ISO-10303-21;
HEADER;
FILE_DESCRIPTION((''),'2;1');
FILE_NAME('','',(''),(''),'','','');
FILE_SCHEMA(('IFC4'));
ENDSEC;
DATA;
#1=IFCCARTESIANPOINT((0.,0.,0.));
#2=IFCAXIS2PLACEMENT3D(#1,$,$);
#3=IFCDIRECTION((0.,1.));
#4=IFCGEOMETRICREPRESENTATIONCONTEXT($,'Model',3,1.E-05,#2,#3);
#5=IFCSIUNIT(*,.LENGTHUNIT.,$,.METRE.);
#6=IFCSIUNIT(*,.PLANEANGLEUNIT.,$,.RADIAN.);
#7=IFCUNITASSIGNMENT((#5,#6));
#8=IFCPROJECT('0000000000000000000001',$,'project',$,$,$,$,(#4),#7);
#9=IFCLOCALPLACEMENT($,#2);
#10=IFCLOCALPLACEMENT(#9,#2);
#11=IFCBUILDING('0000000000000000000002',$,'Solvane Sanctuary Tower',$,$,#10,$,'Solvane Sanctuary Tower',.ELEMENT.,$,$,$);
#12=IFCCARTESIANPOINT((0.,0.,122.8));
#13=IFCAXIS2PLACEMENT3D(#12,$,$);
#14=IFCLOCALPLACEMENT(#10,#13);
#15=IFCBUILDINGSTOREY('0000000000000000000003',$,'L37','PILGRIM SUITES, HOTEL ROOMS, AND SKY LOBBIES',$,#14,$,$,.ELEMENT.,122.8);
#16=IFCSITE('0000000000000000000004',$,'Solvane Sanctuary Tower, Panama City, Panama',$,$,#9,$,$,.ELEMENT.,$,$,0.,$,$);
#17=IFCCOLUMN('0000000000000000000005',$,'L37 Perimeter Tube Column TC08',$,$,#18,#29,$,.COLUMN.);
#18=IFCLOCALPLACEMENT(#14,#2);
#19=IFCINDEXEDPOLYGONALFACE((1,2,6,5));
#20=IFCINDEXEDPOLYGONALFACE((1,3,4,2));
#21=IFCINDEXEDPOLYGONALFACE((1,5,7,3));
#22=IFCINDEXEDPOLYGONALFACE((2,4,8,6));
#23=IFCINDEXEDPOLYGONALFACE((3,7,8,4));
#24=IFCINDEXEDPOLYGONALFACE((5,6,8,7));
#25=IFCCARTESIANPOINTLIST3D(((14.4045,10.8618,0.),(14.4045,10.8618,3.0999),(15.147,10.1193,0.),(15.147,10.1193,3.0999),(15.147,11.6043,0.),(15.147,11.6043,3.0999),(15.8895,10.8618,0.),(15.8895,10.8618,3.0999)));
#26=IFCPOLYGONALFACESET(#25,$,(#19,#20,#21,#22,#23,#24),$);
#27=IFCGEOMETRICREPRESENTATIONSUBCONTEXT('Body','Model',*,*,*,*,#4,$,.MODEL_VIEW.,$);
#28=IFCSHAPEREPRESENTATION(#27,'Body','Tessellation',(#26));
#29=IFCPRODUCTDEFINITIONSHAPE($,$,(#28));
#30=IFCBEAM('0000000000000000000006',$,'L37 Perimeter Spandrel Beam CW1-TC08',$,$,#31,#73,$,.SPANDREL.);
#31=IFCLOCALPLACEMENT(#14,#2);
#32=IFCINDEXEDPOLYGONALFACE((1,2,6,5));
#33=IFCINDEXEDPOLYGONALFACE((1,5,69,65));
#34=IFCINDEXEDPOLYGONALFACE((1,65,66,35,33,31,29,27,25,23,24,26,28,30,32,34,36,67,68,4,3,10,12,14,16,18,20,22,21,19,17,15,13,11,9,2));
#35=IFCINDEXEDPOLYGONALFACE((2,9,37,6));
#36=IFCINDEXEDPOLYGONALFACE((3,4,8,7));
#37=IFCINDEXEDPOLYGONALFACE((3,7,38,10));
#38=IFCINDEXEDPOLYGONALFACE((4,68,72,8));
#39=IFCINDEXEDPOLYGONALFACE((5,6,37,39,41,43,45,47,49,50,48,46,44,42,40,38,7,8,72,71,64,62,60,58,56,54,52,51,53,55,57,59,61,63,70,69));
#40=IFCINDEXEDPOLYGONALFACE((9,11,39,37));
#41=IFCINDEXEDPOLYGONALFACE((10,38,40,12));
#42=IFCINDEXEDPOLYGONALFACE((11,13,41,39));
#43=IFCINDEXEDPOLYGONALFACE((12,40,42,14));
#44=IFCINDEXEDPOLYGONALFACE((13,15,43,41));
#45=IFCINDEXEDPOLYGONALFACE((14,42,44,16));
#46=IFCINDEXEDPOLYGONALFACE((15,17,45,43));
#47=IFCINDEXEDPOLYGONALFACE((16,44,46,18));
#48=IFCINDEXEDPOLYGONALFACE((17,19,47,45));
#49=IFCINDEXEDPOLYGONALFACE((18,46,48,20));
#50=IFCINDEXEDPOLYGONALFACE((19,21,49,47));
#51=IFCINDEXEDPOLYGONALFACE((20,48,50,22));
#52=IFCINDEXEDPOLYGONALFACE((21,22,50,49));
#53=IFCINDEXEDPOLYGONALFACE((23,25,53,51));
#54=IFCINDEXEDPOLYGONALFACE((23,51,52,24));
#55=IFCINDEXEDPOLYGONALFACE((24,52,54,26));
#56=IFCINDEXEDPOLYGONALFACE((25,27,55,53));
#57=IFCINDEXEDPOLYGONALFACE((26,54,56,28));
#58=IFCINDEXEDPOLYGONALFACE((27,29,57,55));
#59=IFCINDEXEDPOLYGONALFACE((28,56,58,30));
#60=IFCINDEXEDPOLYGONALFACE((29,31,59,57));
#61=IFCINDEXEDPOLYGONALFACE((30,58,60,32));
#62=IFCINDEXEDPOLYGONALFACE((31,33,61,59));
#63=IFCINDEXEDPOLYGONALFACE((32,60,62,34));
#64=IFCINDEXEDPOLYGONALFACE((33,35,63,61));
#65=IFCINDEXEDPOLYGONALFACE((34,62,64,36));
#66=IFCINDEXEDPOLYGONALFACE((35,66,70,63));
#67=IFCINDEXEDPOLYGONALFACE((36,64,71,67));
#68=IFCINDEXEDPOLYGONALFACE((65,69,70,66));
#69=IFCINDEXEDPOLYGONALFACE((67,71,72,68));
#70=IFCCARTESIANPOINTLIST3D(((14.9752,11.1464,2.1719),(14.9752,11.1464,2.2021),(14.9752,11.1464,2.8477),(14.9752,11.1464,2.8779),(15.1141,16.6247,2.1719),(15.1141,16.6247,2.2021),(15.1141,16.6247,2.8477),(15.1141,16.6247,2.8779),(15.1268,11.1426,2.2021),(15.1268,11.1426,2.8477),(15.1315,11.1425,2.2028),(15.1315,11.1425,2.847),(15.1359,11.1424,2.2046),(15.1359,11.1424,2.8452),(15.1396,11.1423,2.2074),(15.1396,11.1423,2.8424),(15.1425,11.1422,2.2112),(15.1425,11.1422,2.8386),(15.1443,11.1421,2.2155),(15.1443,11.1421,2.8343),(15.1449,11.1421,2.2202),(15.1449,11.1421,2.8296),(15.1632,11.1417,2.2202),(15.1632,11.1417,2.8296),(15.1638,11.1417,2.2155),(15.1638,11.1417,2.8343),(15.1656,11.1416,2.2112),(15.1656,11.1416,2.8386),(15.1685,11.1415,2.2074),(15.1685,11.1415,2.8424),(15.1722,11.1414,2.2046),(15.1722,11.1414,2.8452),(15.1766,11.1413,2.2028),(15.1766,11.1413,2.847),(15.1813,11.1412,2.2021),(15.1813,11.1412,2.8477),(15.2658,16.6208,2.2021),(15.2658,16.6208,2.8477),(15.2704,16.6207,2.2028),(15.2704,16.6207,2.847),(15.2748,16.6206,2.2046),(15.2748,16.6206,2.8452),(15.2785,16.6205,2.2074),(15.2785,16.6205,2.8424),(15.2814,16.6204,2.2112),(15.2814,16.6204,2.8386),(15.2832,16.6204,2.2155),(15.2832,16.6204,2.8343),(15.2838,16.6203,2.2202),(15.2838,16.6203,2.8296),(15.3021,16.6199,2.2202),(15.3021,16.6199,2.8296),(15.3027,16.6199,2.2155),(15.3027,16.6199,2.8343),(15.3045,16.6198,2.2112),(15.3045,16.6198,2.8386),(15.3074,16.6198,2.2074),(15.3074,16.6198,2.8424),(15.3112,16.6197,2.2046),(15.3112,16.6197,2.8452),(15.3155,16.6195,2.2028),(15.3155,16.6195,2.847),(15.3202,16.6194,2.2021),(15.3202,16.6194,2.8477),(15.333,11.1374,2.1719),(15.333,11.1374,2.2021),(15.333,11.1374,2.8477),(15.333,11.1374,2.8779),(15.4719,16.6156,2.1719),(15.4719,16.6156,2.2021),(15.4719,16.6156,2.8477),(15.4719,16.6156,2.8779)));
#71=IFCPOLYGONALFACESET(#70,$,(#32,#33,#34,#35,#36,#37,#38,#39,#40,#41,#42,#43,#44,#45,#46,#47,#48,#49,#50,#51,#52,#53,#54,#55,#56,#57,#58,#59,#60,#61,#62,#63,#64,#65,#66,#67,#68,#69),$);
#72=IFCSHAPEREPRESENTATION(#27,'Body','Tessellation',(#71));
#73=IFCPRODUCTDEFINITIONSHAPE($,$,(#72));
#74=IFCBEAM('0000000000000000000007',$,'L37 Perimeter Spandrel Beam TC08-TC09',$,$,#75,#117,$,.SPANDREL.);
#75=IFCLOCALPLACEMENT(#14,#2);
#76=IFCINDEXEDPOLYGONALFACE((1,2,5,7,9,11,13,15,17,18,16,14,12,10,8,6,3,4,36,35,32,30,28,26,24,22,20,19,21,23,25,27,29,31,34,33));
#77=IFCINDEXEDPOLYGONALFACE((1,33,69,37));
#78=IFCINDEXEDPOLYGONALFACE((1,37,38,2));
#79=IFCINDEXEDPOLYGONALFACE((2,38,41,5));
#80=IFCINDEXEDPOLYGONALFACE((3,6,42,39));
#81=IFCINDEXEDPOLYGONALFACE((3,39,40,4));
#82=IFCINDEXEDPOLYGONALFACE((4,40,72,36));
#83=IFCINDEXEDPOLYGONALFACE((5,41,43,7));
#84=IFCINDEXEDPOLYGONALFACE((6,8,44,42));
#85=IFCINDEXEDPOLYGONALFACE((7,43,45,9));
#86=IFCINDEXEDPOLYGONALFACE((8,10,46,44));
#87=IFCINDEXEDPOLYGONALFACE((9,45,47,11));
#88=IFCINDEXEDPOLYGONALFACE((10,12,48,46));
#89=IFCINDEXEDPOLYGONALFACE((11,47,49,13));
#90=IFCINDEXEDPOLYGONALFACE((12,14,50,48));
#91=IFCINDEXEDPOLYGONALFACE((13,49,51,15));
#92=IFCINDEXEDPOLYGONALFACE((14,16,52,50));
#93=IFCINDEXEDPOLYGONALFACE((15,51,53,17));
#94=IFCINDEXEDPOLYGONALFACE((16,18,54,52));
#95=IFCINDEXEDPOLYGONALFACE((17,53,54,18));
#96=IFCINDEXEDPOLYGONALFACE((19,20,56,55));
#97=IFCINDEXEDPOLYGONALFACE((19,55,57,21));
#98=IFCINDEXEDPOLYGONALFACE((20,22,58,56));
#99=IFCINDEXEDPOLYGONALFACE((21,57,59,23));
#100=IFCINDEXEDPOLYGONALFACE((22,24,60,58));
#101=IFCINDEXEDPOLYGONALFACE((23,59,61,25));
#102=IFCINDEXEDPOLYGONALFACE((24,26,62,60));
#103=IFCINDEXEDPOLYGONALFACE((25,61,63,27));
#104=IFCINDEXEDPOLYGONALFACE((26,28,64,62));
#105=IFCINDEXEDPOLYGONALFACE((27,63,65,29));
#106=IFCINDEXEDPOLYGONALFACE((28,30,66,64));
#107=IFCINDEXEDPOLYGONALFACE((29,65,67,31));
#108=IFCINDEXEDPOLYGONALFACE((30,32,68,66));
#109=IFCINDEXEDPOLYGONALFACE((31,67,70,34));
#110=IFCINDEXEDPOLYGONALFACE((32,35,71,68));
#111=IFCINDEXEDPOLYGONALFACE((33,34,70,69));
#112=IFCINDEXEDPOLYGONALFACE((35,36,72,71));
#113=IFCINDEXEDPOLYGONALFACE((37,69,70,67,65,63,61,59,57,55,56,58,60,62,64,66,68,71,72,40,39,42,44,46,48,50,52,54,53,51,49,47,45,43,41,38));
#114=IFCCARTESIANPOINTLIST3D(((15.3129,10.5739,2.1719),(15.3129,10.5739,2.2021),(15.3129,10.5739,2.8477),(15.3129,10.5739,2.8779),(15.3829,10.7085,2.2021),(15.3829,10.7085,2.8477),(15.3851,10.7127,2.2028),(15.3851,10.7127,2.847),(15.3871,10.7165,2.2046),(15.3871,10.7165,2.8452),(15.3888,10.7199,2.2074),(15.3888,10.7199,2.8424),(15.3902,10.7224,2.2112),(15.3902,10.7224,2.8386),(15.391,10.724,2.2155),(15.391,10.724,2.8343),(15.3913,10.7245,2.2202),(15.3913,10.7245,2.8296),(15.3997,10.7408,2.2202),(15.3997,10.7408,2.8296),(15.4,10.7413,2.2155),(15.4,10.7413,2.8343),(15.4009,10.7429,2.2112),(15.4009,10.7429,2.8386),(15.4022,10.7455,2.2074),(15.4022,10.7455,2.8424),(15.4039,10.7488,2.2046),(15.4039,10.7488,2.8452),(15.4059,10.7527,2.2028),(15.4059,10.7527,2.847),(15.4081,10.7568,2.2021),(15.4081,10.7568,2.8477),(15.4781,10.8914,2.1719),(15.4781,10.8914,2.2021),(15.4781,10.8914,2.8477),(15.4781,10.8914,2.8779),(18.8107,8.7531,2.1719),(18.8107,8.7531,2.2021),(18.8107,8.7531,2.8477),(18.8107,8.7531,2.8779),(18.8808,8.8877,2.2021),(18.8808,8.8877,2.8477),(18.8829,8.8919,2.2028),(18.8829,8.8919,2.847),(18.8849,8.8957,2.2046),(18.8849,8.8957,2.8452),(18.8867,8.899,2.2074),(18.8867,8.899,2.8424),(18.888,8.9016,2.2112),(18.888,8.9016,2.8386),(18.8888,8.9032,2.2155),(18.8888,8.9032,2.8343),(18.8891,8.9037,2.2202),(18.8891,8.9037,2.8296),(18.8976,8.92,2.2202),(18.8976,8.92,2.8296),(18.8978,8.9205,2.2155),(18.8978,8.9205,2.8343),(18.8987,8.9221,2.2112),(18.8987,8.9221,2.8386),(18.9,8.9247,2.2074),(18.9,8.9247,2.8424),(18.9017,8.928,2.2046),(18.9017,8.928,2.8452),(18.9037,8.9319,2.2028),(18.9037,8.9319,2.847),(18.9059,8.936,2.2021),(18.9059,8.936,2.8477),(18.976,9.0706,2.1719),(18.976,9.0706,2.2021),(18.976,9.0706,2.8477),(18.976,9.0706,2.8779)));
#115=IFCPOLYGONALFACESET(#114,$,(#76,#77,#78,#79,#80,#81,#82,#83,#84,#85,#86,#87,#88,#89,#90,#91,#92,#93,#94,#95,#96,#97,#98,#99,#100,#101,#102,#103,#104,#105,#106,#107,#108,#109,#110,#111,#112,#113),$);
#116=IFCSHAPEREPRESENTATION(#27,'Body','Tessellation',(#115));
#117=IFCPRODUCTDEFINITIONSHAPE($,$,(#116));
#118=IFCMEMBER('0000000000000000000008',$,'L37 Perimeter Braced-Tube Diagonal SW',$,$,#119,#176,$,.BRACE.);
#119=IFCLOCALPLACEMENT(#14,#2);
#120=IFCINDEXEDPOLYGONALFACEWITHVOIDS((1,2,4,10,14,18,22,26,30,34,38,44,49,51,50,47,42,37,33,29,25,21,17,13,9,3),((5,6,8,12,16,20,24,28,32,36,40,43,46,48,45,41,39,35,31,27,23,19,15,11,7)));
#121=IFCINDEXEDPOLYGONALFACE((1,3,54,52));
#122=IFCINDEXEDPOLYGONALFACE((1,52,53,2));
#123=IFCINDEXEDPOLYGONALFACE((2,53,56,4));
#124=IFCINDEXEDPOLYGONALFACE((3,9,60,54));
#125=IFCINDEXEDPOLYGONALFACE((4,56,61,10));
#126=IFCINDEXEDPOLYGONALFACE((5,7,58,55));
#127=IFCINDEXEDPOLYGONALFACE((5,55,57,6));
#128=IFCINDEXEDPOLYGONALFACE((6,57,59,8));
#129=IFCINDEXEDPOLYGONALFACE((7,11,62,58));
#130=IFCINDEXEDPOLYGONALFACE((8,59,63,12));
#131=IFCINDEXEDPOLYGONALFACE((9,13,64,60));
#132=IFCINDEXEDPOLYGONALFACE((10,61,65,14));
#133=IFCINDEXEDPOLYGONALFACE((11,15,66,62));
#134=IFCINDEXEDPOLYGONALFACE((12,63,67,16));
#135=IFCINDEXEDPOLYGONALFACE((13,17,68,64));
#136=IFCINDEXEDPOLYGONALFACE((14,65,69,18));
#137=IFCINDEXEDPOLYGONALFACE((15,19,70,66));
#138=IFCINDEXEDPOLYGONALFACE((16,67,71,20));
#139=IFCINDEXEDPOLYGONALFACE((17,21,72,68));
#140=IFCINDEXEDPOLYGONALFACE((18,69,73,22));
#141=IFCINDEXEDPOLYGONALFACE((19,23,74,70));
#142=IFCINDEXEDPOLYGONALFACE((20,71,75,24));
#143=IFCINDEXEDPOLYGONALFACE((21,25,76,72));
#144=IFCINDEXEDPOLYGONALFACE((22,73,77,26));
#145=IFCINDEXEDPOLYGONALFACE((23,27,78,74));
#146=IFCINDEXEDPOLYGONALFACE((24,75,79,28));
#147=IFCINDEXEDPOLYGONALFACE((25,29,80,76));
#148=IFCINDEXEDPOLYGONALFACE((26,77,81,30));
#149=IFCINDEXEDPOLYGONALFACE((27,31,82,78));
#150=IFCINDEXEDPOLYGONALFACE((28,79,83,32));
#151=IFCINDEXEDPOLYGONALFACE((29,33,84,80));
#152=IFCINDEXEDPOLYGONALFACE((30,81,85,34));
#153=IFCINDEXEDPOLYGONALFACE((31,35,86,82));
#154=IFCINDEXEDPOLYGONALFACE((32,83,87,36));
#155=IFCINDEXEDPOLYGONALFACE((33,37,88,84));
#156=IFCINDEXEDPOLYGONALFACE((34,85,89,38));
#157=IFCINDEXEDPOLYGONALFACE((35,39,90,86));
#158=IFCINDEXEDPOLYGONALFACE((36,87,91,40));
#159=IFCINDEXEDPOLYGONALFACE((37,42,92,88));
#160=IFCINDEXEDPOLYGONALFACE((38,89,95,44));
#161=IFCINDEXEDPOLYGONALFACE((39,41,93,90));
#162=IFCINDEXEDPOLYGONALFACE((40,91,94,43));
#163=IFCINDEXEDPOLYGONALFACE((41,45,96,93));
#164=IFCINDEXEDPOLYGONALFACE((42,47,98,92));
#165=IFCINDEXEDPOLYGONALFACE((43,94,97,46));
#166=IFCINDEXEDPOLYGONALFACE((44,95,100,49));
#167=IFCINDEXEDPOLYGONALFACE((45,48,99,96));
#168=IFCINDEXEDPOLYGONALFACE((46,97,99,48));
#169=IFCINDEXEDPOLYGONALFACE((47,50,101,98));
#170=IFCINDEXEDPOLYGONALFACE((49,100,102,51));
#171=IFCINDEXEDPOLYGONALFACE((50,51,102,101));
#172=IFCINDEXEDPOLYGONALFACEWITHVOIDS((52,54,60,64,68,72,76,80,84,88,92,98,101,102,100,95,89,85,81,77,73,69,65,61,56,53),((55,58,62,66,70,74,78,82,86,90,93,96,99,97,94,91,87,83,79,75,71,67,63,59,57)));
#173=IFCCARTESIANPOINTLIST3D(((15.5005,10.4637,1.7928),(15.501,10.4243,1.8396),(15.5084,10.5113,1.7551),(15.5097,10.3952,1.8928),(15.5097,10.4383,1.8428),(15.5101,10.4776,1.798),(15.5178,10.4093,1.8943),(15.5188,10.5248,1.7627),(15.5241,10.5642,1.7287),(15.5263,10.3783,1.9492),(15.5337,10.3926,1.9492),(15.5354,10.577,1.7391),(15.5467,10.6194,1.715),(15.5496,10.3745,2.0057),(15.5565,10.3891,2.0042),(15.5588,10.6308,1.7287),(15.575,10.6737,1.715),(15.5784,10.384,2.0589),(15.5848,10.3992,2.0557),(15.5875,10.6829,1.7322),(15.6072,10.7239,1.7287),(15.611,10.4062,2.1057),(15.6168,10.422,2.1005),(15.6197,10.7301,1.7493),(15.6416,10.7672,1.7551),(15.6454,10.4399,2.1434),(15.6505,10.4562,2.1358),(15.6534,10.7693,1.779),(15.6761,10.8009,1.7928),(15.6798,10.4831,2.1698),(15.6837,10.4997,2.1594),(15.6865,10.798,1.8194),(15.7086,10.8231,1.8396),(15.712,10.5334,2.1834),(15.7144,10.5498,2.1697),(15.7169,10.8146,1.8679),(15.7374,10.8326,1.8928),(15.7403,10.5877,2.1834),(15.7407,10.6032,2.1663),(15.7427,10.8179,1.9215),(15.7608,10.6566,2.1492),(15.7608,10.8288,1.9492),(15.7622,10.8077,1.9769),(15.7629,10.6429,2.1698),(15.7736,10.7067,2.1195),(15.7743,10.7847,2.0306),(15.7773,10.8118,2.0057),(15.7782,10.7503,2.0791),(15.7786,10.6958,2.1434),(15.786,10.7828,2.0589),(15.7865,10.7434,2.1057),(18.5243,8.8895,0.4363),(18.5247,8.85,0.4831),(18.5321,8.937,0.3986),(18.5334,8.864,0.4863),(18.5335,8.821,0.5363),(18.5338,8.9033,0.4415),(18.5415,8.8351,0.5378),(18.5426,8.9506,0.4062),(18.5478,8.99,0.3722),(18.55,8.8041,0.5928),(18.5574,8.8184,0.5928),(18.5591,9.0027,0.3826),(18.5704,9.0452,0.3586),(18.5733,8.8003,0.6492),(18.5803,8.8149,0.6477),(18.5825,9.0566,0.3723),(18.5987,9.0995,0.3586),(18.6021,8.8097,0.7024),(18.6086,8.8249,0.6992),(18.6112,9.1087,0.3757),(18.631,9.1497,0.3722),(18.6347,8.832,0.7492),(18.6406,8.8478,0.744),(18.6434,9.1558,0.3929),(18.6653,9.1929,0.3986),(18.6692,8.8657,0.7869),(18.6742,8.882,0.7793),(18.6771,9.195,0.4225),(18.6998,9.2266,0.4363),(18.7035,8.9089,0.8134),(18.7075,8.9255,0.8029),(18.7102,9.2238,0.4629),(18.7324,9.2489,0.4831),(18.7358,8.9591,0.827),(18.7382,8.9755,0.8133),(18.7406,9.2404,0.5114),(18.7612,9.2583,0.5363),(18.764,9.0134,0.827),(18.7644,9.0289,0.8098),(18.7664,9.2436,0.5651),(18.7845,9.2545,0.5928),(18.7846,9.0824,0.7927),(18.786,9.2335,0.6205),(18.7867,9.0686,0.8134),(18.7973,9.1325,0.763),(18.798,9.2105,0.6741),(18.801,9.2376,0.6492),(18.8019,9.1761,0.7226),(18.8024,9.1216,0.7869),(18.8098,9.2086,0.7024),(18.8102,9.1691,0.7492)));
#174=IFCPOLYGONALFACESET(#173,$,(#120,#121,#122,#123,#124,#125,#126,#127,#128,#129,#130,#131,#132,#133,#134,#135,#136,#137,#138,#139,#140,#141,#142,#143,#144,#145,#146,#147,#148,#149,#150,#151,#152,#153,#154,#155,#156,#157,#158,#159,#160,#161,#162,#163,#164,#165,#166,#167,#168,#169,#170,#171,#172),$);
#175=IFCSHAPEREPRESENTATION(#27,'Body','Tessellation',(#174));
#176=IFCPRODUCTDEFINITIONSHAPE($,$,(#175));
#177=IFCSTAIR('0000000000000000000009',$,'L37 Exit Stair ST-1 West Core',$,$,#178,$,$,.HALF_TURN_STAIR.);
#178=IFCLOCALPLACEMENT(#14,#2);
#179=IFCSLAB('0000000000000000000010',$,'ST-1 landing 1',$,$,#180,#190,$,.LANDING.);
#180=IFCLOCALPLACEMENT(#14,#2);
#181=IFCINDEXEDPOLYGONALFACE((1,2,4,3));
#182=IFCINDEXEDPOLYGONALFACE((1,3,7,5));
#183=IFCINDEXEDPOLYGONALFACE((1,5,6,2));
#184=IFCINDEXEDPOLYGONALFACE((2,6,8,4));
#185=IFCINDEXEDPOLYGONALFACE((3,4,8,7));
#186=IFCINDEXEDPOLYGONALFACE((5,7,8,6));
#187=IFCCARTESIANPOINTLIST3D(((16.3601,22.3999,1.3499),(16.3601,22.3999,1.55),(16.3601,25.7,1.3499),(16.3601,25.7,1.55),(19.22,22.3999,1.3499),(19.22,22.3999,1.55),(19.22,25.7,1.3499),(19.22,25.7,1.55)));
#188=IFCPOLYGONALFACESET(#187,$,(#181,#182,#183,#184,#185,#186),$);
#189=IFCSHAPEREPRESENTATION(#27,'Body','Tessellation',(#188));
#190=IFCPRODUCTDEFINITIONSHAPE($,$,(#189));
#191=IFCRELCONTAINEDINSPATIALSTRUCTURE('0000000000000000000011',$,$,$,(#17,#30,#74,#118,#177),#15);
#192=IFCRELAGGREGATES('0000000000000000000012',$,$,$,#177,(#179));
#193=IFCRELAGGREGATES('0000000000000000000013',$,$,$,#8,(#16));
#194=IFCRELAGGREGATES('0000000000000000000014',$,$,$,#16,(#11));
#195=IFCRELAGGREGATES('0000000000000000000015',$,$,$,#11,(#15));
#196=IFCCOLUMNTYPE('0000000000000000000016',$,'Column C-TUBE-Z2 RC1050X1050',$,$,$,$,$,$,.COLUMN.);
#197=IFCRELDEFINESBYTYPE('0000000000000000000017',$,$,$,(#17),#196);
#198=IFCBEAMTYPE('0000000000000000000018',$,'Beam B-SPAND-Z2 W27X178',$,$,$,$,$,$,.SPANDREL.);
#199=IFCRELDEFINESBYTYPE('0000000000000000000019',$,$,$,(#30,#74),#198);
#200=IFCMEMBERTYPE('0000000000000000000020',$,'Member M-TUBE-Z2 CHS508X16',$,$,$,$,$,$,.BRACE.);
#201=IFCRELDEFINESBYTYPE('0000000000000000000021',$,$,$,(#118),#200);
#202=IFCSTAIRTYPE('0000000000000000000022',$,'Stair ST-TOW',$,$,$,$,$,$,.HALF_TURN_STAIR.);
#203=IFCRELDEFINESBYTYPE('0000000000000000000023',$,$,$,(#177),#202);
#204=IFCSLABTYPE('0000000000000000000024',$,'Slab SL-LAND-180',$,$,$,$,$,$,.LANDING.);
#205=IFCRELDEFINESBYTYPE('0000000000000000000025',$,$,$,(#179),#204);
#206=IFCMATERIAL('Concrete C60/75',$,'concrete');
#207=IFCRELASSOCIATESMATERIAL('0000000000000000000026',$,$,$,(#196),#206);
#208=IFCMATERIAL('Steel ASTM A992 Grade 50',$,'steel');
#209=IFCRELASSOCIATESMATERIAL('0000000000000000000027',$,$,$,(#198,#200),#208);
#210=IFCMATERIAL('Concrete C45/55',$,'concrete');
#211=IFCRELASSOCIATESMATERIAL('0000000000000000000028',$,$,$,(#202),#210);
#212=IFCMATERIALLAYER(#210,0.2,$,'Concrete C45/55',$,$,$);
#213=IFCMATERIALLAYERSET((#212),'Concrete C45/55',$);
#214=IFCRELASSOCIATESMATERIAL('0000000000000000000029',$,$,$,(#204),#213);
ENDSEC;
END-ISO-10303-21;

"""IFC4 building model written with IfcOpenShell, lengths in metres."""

from ifc_helpers import new_model, si_unit, direction, frame, origin, origin_2d, place, context, subcontext, project, spatial, polyline, rectangle, hollow_circle, i_section, outline, extrude, material, layer, layer_set, material_profile, profile_set, type_object, element, aggregate, save


model = new_model("IFC4")

# Units and contexts
model_context = context("Model", 3, precision=1e-05, world=origin(), true_north=direction((0.0, 1.0)))
body_context = subcontext(model_context, "Body", "Model", "MODEL_VIEW")
ifc_project = project(units=[si_unit("LENGTHUNIT", "METRE"), si_unit("PLANEANGLEUNIT", "RADIAN")], contexts=[model_context])

# Site, building, storey
site_placement = place(None, origin())
site = spatial("IfcSite", under=ifc_project, at=site_placement, Name="Solvane Sanctuary Tower, Panama City, Panama", CompositionType="ELEMENT", RefElevation=0.0)
building_placement = place(site_placement, origin())
building = spatial("IfcBuilding", under=site, at=building_placement, Name="Solvane Sanctuary Tower", LongName="Solvane Sanctuary Tower", CompositionType="ELEMENT")
storey_placement = place(building_placement, frame((0.0, 0.0, 122.8)))
storey = spatial("IfcBuildingStorey", under=building, at=storey_placement, Name="L37", Description="PILGRIM SUITES, HOTEL ROOMS, AND SKY LOBBIES", CompositionType="ELEMENT", Elevation=122.8)

# Column
ifc_material_1 = material(Name="Concrete C60/75", Category="concrete")
ifc_material_profile_1 = material_profile(ifc_material_1, rectangle(XDim=1.05, YDim=1.05, at=origin_2d()), Name="RC1050X1050")
ifc_profile_set_1 = profile_set([ifc_material_profile_1], Name="Concrete C60/75")
column_type = type_object("IfcColumnType", Name="Column C-TUBE-Z2 RC1050X1050", PredefinedType="COLUMN", material=ifc_profile_set_1)
column_placement = place(storey_placement, frame((15.147, 10.8618, 0.0), z_axis=(0.0, 0.0, 1.0), x_axis=(-0.707107, -0.707107, 0.0)))
element("IfcColumn", 1, at=column_placement, inside=storey, type_object=column_type, Name="L37 Perimeter Tube Column TC08", PredefinedType="COLUMN", context=body_context, shape_type="SweptSolid", body=[
    extrude(rectangle(XDim=1.05, YDim=1.05, at=origin_2d()), origin(), (0.0, 0.0, 1.0), 3.0999),
])

# Beams
ifc_material_2 = material(Name="Steel ASTM A992 Grade 50", Category="steel")
ifc_material_profile_2 = material_profile(ifc_material_2, i_section(OverallWidth=0.3579, OverallDepth=0.7061, WebThickness=0.0183, FlangeThickness=0.0303, FilletRadius=0.0181, at=origin_2d()), Name="W27X178")
ifc_profile_set_2 = profile_set([ifc_material_profile_2], Name="Steel ASTM A992 Grade 50")
beam_type = type_object("IfcBeamType", Name="Beam B-SPAND-Z2 W27X178", PredefinedType="SPANDREL", material=ifc_profile_set_2)
beam_1_placement = place(storey_placement, frame((15.293, 16.6201, 2.5249), z_axis=(-0.025349, -0.999679, 0.0), x_axis=(0.999679, -0.025349, 0.0)))
element("IfcBeam", 2, at=beam_1_placement, inside=storey, type_object=beam_type, Name="L37 Perimeter Spandrel Beam CW1-TC08", PredefinedType="SPANDREL", context=body_context, shape_type="SweptSolid", body=[
    extrude(i_section(OverallWidth=0.3579, OverallDepth=0.7061, WebThickness=0.0183, FlangeThickness=0.0303, FilletRadius=0.0181, at=origin_2d()), origin(), (0.0, 0.0, 1.0), 5.48),
])
beam_2_placement = place(storey_placement, frame((15.3955, 10.7327, 2.5249), z_axis=(0.887015, -0.461741, 0.0), x_axis=(0.461741, 0.887015, 0.0)))
element("IfcBeam", 3, at=beam_2_placement, inside=storey, type_object=beam_type, Name="L37 Perimeter Spandrel Beam TC08-TC09", PredefinedType="SPANDREL", context=body_context, shape_type="SweptSolid", body=[
    extrude(i_section(OverallWidth=0.3579, OverallDepth=0.7061, WebThickness=0.0183, FlangeThickness=0.0303, FilletRadius=0.0181, at=origin_2d()), origin(), (0.0, 0.0, 1.0), 3.9434),
])

# Member
ifc_material_profile_3 = material_profile(ifc_material_2, hollow_circle(Radius=0.2539, WallThickness=0.0161, at=origin_2d()), Name="CHS508X16")
ifc_profile_set_3 = profile_set([ifc_material_profile_3], Name="Steel ASTM A992 Grade 50")
member_type = type_object("IfcMemberType", Name="Member M-TUBE-Z2 CHS508X16", PredefinedType="BRACE", material=ifc_profile_set_3)
member_placement = place(storey_placement, frame((18.6672, 9.0293, 0.5928), z_axis=(-0.824141, 0.429072, 0.369715), x_axis=(-0.461792, -0.886988, 0.0)))
element("IfcMember", 4, at=member_placement, inside=storey, type_object=member_type, Name="L37 Perimeter Braced-Tube Diagonal SW", PredefinedType="BRACE", context=body_context, shape_type="SweptSolid", body=[
    extrude(hollow_circle(Radius=0.2539, WallThickness=0.0161, at=origin_2d()), origin(), (0.0, 0.0, 1.0), 3.6689),
])

# Stair, slab
ifc_material_3 = material(Name="Concrete C45/55", Category="concrete")
stair_type = type_object("IfcStairType", Name="Stair ST-TOW", PredefinedType="HALF_TURN_STAIR", material=ifc_material_3)
stair_1_placement = place(storey_placement, origin())
stair_1 = element("IfcStair", 5, at=stair_1_placement, inside=storey, type_object=stair_type, Name="L37 Exit Stair ST-1 West Core", PredefinedType="HALF_TURN_STAIR")
ifc_layer_1 = layer(ifc_material_3, 0.2, Name="Concrete C45/55")
ifc_layer_set_1 = layer_set([ifc_layer_1], Name="Concrete C45/55")
slab_type_1 = type_object("IfcSlabType", Name="Slab SL-LAND-180", PredefinedType="LANDING", material=ifc_layer_set_1)
slab_1_placement = place(storey_placement, frame((0.0, 0.0, 1.3499)))
slab_1 = element("IfcSlab", 6, at=slab_1_placement, type_object=slab_type_1, Name="ST-1 landing 1", PredefinedType="LANDING", context=body_context, shape_type="SweptSolid", body=[
    extrude(outline(polyline([(19.22, 22.3999), (19.22, 25.7), (16.3601, 25.7), (16.3601, 22.3999), (19.22, 22.3999)])), origin(), (0.0, 0.0, 1.0), 0.2002),
])
aggregate(stair_1, [slab_1])

save(model, "model.ifc")
